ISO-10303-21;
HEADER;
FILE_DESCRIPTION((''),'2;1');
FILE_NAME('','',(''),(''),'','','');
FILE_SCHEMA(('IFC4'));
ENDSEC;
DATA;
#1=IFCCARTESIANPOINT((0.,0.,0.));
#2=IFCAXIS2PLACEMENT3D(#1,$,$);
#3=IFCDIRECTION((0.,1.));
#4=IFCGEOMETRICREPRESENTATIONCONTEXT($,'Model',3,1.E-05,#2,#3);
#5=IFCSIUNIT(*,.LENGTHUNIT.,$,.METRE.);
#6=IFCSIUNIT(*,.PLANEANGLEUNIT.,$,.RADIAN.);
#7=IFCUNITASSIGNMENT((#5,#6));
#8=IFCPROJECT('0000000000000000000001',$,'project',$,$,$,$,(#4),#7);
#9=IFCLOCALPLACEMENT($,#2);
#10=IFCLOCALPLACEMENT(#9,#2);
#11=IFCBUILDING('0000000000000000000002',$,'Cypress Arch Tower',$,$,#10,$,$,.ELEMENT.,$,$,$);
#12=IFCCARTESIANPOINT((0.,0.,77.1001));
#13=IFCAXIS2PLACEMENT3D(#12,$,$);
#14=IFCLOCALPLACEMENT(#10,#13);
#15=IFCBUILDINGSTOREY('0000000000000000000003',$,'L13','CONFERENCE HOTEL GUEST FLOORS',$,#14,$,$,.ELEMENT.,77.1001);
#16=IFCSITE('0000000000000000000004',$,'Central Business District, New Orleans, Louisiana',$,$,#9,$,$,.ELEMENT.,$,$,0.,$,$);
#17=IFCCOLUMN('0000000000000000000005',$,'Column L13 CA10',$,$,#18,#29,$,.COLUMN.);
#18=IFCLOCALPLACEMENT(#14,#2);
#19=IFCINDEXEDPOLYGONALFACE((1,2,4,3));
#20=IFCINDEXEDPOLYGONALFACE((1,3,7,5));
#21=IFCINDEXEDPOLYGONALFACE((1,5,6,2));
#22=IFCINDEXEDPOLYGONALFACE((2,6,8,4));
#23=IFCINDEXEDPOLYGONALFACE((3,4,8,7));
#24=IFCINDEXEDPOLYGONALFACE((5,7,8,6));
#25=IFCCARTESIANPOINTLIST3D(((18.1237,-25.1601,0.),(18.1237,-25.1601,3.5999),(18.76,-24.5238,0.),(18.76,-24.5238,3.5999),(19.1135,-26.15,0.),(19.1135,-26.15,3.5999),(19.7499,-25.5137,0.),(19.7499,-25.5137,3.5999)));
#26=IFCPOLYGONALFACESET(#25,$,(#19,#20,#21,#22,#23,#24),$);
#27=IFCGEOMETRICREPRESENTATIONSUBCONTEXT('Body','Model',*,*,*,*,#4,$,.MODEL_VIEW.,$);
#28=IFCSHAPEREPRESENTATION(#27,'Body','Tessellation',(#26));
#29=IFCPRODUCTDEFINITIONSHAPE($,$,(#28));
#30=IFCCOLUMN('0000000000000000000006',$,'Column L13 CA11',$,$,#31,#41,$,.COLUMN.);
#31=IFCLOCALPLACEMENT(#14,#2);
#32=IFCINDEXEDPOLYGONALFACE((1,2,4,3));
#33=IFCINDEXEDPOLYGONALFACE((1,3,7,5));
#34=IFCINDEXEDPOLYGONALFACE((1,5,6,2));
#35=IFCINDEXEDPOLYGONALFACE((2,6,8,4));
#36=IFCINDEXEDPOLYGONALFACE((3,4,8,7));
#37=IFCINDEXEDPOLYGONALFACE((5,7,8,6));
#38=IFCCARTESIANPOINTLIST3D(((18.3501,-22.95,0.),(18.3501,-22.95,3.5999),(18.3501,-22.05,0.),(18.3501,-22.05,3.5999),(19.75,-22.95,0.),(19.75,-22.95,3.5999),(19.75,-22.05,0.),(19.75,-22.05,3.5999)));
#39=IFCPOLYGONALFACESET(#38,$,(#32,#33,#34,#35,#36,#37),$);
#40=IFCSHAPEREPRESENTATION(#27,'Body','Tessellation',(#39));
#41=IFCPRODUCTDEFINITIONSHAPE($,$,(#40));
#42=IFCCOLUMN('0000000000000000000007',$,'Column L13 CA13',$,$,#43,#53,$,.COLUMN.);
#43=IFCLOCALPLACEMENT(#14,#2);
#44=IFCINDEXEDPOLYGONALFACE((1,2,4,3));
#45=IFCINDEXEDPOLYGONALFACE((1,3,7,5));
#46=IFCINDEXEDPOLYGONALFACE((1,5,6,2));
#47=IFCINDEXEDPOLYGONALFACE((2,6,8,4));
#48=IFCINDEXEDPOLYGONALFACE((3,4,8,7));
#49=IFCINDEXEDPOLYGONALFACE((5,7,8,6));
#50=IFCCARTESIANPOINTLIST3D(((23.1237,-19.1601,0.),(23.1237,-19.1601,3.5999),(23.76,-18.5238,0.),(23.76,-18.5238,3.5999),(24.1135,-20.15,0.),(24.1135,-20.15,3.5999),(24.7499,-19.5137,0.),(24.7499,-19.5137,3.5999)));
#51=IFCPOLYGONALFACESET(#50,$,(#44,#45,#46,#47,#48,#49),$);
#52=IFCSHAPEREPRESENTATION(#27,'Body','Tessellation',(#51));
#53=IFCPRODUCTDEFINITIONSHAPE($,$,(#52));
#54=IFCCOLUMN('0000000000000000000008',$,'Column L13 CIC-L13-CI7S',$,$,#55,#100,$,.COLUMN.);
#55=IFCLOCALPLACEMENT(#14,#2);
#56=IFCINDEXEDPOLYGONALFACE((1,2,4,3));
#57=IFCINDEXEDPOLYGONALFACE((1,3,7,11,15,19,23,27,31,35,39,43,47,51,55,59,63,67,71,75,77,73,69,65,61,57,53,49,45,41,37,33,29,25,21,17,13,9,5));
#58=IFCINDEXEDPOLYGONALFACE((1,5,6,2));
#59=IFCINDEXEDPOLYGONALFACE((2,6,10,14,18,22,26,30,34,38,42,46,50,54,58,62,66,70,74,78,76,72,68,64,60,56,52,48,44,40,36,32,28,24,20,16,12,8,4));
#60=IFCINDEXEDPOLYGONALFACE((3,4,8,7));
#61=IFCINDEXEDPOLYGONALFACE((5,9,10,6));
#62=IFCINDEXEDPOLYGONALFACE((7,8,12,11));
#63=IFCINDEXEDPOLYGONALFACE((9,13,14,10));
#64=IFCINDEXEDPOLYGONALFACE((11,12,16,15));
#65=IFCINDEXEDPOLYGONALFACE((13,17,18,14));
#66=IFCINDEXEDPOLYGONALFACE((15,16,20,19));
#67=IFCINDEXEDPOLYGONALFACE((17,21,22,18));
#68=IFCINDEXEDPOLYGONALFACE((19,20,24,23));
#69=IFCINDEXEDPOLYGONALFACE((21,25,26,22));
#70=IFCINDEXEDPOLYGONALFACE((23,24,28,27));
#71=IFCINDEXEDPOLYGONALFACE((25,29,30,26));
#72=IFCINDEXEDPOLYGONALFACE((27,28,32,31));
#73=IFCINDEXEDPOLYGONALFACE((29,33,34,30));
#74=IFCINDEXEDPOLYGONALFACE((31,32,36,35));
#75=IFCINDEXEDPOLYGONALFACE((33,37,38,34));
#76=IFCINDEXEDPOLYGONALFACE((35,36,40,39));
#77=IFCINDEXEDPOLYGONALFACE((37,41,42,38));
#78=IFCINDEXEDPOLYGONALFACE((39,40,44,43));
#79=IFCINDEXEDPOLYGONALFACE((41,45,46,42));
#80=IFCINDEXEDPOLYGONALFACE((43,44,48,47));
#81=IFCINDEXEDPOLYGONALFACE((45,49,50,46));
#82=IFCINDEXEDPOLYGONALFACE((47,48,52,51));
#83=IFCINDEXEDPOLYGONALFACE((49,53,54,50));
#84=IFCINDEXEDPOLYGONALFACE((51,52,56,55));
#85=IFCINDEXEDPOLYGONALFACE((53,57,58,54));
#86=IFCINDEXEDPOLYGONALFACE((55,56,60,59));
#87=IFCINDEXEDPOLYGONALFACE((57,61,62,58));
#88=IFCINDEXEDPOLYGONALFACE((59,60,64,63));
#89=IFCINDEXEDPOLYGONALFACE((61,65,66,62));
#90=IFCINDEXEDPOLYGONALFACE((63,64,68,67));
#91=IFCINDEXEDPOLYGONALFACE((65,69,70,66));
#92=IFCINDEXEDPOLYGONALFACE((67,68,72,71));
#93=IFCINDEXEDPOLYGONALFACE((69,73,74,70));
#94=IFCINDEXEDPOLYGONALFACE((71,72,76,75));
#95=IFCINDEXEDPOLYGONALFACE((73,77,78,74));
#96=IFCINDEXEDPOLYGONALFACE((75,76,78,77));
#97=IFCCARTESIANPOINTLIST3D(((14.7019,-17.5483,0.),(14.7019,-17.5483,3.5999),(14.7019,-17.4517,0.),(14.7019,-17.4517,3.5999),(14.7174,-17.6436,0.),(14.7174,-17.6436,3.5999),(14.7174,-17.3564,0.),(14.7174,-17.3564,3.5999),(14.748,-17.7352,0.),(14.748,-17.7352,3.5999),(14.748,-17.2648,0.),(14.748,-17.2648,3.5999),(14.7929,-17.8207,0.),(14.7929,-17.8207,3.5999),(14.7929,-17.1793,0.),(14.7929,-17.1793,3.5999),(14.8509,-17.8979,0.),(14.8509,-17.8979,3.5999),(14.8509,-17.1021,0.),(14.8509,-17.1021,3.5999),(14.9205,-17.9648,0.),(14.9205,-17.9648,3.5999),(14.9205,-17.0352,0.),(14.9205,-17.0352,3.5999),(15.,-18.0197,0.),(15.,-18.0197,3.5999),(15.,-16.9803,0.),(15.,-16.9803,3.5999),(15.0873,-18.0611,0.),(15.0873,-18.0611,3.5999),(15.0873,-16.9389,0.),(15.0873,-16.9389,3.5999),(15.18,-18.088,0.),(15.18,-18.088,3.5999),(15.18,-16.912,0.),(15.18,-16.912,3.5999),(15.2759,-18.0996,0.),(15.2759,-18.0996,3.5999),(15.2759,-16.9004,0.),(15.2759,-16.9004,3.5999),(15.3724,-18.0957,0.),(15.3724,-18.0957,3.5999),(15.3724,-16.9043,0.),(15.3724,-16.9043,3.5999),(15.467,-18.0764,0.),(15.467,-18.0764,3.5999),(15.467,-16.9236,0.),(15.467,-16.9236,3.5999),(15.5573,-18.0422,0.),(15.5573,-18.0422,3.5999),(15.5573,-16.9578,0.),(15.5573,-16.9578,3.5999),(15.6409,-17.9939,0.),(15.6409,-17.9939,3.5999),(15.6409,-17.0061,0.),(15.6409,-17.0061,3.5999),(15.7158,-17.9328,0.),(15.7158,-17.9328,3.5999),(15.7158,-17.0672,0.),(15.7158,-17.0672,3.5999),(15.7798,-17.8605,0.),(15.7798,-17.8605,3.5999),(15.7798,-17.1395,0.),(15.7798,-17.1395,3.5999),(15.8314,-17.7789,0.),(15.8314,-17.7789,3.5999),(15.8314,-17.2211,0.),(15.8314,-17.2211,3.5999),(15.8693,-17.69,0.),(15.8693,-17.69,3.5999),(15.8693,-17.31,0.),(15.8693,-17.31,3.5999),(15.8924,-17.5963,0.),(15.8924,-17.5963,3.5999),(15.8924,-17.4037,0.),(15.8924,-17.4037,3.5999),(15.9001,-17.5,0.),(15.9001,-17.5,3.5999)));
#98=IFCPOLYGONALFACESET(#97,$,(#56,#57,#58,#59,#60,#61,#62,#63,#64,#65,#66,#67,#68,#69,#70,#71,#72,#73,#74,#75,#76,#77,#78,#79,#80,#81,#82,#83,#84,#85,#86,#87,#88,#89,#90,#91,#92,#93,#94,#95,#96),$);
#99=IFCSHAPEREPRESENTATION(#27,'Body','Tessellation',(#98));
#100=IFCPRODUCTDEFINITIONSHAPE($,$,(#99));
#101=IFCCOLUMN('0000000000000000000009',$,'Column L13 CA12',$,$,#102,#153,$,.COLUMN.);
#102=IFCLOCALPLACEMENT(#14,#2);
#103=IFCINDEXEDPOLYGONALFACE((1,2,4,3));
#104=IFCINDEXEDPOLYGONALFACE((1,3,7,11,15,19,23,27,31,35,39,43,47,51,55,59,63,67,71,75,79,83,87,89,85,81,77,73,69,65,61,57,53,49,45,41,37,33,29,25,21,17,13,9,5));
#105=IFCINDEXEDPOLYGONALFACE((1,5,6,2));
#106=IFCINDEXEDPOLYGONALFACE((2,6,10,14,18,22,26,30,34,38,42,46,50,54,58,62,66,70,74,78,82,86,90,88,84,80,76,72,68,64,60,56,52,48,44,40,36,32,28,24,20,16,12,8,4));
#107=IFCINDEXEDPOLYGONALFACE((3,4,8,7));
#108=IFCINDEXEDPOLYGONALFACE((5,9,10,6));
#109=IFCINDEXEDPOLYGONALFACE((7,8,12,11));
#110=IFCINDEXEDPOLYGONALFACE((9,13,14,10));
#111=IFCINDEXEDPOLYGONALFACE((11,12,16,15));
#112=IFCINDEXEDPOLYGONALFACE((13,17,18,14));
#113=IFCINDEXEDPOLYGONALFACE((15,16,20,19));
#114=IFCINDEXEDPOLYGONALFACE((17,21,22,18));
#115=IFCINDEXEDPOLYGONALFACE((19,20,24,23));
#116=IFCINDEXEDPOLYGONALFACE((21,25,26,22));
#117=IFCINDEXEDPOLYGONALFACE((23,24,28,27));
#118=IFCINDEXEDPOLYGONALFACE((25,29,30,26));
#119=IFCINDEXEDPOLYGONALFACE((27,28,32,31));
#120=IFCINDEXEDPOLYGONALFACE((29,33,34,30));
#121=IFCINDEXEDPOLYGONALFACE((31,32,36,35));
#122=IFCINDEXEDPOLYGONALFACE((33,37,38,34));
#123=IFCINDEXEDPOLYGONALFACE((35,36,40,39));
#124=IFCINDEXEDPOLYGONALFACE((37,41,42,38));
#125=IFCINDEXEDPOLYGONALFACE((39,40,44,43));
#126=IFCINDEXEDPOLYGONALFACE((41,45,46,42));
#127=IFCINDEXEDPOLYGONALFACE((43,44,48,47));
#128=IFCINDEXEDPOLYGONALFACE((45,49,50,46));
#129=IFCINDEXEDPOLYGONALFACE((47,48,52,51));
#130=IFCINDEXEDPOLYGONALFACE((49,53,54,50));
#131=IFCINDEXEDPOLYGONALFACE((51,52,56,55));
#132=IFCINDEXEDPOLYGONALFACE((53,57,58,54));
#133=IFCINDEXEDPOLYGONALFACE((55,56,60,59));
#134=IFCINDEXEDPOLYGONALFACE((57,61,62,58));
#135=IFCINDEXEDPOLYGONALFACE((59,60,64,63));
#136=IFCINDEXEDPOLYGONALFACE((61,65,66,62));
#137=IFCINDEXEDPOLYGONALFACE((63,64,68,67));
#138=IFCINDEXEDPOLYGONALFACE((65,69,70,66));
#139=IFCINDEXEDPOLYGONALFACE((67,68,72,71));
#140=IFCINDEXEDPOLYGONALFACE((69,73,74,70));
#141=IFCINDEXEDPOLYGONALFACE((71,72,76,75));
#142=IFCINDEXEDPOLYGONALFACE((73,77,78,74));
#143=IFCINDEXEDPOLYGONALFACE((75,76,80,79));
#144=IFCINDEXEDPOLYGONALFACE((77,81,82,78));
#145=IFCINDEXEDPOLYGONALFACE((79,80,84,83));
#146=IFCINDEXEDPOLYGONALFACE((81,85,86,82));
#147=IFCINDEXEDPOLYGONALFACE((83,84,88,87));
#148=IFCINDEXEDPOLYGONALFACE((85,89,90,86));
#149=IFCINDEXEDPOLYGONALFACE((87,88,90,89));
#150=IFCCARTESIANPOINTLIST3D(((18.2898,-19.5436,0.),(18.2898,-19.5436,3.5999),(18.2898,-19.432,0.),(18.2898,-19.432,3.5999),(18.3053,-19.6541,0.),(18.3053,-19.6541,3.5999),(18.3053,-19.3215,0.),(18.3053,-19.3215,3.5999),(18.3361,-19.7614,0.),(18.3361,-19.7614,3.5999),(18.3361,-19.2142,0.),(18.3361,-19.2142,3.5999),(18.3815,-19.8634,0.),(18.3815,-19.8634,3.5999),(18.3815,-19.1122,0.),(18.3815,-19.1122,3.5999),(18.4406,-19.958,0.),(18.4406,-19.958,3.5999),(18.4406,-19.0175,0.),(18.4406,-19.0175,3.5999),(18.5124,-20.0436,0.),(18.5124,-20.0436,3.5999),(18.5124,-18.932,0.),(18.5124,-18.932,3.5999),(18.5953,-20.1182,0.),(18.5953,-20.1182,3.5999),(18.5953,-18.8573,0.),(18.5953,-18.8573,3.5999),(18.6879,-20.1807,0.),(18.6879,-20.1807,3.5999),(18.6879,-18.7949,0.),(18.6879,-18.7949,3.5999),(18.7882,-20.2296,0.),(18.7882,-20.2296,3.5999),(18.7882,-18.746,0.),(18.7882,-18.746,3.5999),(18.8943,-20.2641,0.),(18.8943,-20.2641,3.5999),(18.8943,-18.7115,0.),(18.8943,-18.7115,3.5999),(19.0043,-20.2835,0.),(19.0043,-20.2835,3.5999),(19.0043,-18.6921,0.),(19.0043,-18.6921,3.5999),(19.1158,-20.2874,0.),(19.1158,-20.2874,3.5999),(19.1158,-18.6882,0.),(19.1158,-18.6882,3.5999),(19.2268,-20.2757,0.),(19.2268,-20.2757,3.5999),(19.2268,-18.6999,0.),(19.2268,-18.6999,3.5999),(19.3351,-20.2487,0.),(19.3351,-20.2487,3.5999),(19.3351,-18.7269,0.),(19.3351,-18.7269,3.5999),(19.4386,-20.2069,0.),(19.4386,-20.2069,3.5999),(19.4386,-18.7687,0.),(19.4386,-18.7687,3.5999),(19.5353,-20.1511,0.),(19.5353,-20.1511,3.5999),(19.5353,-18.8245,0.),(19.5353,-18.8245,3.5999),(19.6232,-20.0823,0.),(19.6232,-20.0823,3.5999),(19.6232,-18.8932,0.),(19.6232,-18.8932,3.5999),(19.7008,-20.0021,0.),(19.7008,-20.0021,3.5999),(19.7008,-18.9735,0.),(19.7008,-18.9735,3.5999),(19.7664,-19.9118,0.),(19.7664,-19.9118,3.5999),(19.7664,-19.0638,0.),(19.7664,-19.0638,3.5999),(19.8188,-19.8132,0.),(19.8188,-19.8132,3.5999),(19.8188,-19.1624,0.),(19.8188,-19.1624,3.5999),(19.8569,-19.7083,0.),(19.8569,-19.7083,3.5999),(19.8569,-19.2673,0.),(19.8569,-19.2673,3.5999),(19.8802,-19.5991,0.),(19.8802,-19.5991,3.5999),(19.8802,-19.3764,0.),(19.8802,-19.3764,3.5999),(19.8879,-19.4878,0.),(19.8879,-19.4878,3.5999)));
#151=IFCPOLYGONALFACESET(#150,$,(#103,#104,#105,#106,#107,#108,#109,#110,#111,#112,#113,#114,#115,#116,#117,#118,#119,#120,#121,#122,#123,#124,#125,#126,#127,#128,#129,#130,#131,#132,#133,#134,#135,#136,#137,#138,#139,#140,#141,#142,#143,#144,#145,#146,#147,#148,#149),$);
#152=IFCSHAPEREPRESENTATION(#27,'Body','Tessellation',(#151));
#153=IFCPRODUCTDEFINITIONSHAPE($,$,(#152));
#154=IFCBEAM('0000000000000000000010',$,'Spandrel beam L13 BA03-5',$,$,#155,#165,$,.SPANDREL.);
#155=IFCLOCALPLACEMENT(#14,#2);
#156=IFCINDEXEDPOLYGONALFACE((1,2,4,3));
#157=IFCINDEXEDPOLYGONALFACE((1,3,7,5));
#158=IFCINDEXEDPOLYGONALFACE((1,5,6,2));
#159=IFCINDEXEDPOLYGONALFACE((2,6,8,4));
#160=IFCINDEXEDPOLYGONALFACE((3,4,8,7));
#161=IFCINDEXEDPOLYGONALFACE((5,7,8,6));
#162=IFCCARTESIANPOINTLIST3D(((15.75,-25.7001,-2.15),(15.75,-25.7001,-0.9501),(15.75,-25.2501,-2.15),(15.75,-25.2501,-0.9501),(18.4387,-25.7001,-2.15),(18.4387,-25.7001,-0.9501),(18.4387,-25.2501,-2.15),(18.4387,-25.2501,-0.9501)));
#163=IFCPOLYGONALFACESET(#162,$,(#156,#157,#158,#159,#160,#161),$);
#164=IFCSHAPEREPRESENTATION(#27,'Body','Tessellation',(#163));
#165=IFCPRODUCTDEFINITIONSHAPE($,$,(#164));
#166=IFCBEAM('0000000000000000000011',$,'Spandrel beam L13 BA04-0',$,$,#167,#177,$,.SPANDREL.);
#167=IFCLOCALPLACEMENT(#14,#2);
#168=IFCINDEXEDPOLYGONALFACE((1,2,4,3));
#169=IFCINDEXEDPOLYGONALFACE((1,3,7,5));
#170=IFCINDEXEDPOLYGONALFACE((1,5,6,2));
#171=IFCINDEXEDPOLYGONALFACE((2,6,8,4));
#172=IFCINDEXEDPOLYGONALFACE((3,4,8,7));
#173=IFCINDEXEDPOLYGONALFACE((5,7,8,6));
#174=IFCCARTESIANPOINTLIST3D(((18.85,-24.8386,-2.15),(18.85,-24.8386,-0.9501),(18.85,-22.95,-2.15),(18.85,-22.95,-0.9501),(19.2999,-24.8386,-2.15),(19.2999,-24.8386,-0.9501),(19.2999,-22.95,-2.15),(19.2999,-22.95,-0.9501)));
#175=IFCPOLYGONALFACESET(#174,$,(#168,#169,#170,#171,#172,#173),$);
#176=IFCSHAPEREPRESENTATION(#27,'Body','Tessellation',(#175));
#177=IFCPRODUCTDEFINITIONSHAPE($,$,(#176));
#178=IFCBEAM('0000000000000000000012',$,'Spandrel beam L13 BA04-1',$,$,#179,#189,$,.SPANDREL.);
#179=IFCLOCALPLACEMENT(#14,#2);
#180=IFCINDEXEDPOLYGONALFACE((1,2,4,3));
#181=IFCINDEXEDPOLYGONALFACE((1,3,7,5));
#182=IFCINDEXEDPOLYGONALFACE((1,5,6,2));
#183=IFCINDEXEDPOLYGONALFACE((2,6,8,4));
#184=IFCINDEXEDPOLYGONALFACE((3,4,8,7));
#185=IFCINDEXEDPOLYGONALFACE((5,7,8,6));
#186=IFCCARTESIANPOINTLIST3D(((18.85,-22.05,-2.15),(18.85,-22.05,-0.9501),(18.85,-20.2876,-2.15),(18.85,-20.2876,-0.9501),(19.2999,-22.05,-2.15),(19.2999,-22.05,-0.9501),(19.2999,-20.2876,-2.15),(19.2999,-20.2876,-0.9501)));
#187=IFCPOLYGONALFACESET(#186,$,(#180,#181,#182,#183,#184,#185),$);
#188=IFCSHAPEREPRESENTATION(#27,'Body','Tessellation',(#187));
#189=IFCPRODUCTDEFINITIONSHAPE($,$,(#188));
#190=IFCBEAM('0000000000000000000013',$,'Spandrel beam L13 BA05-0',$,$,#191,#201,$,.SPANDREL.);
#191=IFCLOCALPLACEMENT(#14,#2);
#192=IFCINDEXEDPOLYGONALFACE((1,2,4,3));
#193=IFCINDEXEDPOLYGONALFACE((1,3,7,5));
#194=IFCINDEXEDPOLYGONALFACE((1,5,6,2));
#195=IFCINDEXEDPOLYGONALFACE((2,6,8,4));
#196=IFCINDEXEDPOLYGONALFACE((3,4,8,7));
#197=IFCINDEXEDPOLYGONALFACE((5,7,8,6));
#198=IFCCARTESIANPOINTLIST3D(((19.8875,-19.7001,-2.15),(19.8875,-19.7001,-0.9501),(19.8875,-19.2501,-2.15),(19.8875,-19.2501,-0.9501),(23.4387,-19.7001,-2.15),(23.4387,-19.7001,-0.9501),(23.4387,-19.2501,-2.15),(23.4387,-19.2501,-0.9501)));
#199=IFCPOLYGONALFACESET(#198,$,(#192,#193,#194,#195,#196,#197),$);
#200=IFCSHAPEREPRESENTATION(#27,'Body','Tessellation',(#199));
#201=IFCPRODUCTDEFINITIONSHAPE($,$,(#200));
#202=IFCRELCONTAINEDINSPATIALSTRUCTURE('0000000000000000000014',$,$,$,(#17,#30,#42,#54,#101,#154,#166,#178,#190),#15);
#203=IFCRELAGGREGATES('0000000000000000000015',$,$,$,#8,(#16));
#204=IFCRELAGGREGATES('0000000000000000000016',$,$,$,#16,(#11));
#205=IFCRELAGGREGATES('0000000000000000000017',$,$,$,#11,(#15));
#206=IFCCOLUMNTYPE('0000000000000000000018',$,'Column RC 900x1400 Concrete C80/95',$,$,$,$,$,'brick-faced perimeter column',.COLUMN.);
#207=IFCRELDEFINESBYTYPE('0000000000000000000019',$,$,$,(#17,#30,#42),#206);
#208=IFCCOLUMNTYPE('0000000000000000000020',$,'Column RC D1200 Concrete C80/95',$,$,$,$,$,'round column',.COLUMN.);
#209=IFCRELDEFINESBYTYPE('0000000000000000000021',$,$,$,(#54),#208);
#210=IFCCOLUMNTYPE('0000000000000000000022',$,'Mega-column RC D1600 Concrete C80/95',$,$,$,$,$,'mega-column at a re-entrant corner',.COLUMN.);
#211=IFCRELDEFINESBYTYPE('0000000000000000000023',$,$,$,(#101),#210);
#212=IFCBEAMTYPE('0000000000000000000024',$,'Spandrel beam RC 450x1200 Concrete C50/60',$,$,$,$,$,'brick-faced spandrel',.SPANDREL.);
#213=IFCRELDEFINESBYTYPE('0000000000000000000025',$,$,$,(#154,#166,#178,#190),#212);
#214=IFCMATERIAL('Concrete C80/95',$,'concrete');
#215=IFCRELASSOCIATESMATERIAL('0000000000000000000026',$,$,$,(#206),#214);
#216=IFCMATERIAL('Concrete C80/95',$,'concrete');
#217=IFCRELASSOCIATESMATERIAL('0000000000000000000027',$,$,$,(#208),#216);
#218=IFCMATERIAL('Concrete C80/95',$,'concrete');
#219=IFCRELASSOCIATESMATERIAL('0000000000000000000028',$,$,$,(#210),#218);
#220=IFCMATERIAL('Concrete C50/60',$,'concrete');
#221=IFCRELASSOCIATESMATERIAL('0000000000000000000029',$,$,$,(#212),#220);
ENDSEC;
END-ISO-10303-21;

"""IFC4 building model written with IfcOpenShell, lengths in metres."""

from ifc_helpers import new_model, si_unit, direction, frame, origin, origin_2d, place, context, subcontext, project, spatial, rectangle, circle, extrude, material, material_profile, profile_set, type_object, element, save


model = new_model("IFC4")

# Units and contexts
model_context = context("Model", 3, precision=1e-05, world=origin(), true_north=direction((0.0, 1.0)))
body_context = subcontext(model_context, "Body", "Model", "MODEL_VIEW")
ifc_project = project(units=[si_unit("LENGTHUNIT", "METRE"), si_unit("PLANEANGLEUNIT", "RADIAN")], contexts=[model_context])

# Site, building, storey
site_placement = place(None, origin())
site = spatial("IfcSite", under=ifc_project, at=site_placement, Name="Central Business District, New Orleans, Louisiana", CompositionType="ELEMENT", RefElevation=0.0)
building_placement = place(site_placement, origin())
building = spatial("IfcBuilding", under=site, at=building_placement, Name="Cypress Arch Tower", CompositionType="ELEMENT")
storey_placement = place(building_placement, frame((0.0, 0.0, 77.1001)))
storey = spatial("IfcBuildingStorey", under=building, at=storey_placement, Name="L13", Description="CONFERENCE HOTEL GUEST FLOORS", CompositionType="ELEMENT", Elevation=77.1001)

# Columns
ifc_material_1 = material(Name="Concrete C80/95", Category="concrete")
ifc_material_profile_1 = material_profile(ifc_material_1, rectangle(XDim=0.8999, YDim=1.3999, at=origin_2d()), Name="RC 900x1400")
ifc_profile_set_1 = profile_set([ifc_material_profile_1], Name="Concrete C80/95")
column_type_1 = type_object("IfcColumnType", Name="Column RC 900x1400 Concrete C80/95", ElementType="brick-faced perimeter column", PredefinedType="COLUMN", material=ifc_profile_set_1)
for number, where, z_axis, x_axis, name in (
    (1, (18.9368, -25.3369, 0.0), (0.0, 0.0, 1.0), (0.707107, 0.707107, 0.0), "Column L13 CA10"),
    (2, (19.05, -22.5, 0.0), (0.0, 0.0, 1.0), (0.0, 1.0, 0.0), "Column L13 CA11"),
    (3, (23.9368, -19.3369, 0.0), (0.0, 0.0, 1.0), (0.707107, 0.707107, 0.0), "Column L13 CA13"),
):
    element("IfcColumn", number, at=place(storey_placement, frame(where, z_axis=z_axis, x_axis=x_axis)), inside=storey, type_object=column_type_1, Name=name, PredefinedType="COLUMN", context=body_context, shape_type="SweptSolid", body=[
        extrude(rectangle(XDim=0.8999, YDim=1.3999, at=origin_2d()), origin(), (0.0, 0.0, 1.0), 3.5999),
    ])
ifc_material_2 = material(Name="Concrete C80/95", Category="concrete")
ifc_material_profile_2 = material_profile(ifc_material_2, circle(Radius=0.6001, at=origin_2d()), Name="RC D1200")
ifc_profile_set_2 = profile_set([ifc_material_profile_2], Name="Concrete C80/95")
column_type_2 = type_object("IfcColumnType", Name="Column RC D1200 Concrete C80/95", ElementType="round column", PredefinedType="COLUMN", material=ifc_profile_set_2)
column_1_placement = place(storey_placement, frame((15.3, -17.5, 0.0), z_axis=(0.0, 0.0, 1.0), x_axis=(1.0, 0.0, 0.0)))
element("IfcColumn", 4, at=column_1_placement, inside=storey, type_object=column_type_2, Name="Column L13 CIC-L13-CI7S", PredefinedType="COLUMN", context=body_context, shape_type="SweptSolid", body=[
    extrude(circle(Radius=0.6001, at=origin_2d()), origin(), (0.0, 0.0, 1.0), 3.5999),
])
ifc_material_3 = material(Name="Concrete C80/95", Category="concrete")
ifc_material_profile_3 = material_profile(ifc_material_3, circle(Radius=0.8, at=origin_2d()), Name="RC D1600")
ifc_profile_set_3 = profile_set([ifc_material_profile_3], Name="Concrete C80/95")
column_type_3 = type_object("IfcColumnType", Name="Mega-column RC D1600 Concrete C80/95", ElementType="mega-column at a re-entrant corner", PredefinedType="COLUMN", material=ifc_profile_set_3)
column_2_placement = place(storey_placement, frame((19.0879, -19.4878, 0.0), z_axis=(0.0, 0.0, 1.0), x_axis=(1.0, 0.0, 0.0)))
element("IfcColumn", 5, at=column_2_placement, inside=storey, type_object=column_type_3, Name="Column L13 CA12", PredefinedType="COLUMN", context=body_context, shape_type="SweptSolid", body=[
    extrude(circle(Radius=0.8, at=origin_2d()), origin(), (0.0, 0.0, 1.0), 3.5999),
])

# Beams
ifc_material_4 = material(Name="Concrete C50/60", Category="concrete")
ifc_material_profile_4 = material_profile(ifc_material_4, rectangle(XDim=0.45, YDim=1.2, at=origin_2d()), Name="RC 450x1200")
ifc_profile_set_4 = profile_set([ifc_material_profile_4], Name="Concrete C50/60")
beam_type = type_object("IfcBeamType", Name="Spandrel beam RC 450x1200 Concrete C50/60", ElementType="brick-faced spandrel", PredefinedType="SPANDREL", material=ifc_profile_set_4)
beam_1_placement = place(storey_placement, frame((15.75, -25.4751, -1.55), z_axis=(1.0, 0.0, 0.0), x_axis=(0.0, 1.0, 0.0)))
element("IfcBeam", 6, at=beam_1_placement, inside=storey, type_object=beam_type, Name="Spandrel beam L13 BA03-5", PredefinedType="SPANDREL", context=body_context, shape_type="SweptSolid", body=[
    extrude(rectangle(XDim=0.45, YDim=1.2, at=origin_2d()), origin(), (0.0, 0.0, 1.0), 2.6887),
])
beam_2_placement = place(storey_placement, frame((19.075, -24.8386, -1.55), z_axis=(0.0, 1.0, 0.0), x_axis=(-1.0, 0.0, 0.0)))
element("IfcBeam", 7, at=beam_2_placement, inside=storey, type_object=beam_type, Name="Spandrel beam L13 BA04-0", PredefinedType="SPANDREL", context=body_context, shape_type="SweptSolid", body=[
    extrude(rectangle(XDim=0.45, YDim=1.2, at=origin_2d()), origin(), (0.0, 0.0, 1.0), 1.8887),
])
beam_3_placement = place(storey_placement, frame((19.075, -22.05, -1.55), z_axis=(0.0, 1.0, 0.0), x_axis=(-1.0, 0.0, 0.0)))
element("IfcBeam", 8, at=beam_3_placement, inside=storey, type_object=beam_type, Name="Spandrel beam L13 BA04-1", PredefinedType="SPANDREL", context=body_context, shape_type="SweptSolid", body=[
    extrude(rectangle(XDim=0.45, YDim=1.2, at=origin_2d()), origin(), (0.0, 0.0, 1.0), 1.7625),
])
beam_4_placement = place(storey_placement, frame((19.8875, -19.4751, -1.55), z_axis=(1.0, 0.0, 0.0), x_axis=(0.0, 1.0, 0.0)))
element("IfcBeam", 9, at=beam_4_placement, inside=storey, type_object=beam_type, Name="Spandrel beam L13 BA05-0", PredefinedType="SPANDREL", context=body_context, shape_type="SweptSolid", body=[
    extrude(rectangle(XDim=0.45, YDim=1.2, at=origin_2d()), origin(), (0.0, 0.0, 1.0), 3.5513),
])

save(model, "model.ifc")
